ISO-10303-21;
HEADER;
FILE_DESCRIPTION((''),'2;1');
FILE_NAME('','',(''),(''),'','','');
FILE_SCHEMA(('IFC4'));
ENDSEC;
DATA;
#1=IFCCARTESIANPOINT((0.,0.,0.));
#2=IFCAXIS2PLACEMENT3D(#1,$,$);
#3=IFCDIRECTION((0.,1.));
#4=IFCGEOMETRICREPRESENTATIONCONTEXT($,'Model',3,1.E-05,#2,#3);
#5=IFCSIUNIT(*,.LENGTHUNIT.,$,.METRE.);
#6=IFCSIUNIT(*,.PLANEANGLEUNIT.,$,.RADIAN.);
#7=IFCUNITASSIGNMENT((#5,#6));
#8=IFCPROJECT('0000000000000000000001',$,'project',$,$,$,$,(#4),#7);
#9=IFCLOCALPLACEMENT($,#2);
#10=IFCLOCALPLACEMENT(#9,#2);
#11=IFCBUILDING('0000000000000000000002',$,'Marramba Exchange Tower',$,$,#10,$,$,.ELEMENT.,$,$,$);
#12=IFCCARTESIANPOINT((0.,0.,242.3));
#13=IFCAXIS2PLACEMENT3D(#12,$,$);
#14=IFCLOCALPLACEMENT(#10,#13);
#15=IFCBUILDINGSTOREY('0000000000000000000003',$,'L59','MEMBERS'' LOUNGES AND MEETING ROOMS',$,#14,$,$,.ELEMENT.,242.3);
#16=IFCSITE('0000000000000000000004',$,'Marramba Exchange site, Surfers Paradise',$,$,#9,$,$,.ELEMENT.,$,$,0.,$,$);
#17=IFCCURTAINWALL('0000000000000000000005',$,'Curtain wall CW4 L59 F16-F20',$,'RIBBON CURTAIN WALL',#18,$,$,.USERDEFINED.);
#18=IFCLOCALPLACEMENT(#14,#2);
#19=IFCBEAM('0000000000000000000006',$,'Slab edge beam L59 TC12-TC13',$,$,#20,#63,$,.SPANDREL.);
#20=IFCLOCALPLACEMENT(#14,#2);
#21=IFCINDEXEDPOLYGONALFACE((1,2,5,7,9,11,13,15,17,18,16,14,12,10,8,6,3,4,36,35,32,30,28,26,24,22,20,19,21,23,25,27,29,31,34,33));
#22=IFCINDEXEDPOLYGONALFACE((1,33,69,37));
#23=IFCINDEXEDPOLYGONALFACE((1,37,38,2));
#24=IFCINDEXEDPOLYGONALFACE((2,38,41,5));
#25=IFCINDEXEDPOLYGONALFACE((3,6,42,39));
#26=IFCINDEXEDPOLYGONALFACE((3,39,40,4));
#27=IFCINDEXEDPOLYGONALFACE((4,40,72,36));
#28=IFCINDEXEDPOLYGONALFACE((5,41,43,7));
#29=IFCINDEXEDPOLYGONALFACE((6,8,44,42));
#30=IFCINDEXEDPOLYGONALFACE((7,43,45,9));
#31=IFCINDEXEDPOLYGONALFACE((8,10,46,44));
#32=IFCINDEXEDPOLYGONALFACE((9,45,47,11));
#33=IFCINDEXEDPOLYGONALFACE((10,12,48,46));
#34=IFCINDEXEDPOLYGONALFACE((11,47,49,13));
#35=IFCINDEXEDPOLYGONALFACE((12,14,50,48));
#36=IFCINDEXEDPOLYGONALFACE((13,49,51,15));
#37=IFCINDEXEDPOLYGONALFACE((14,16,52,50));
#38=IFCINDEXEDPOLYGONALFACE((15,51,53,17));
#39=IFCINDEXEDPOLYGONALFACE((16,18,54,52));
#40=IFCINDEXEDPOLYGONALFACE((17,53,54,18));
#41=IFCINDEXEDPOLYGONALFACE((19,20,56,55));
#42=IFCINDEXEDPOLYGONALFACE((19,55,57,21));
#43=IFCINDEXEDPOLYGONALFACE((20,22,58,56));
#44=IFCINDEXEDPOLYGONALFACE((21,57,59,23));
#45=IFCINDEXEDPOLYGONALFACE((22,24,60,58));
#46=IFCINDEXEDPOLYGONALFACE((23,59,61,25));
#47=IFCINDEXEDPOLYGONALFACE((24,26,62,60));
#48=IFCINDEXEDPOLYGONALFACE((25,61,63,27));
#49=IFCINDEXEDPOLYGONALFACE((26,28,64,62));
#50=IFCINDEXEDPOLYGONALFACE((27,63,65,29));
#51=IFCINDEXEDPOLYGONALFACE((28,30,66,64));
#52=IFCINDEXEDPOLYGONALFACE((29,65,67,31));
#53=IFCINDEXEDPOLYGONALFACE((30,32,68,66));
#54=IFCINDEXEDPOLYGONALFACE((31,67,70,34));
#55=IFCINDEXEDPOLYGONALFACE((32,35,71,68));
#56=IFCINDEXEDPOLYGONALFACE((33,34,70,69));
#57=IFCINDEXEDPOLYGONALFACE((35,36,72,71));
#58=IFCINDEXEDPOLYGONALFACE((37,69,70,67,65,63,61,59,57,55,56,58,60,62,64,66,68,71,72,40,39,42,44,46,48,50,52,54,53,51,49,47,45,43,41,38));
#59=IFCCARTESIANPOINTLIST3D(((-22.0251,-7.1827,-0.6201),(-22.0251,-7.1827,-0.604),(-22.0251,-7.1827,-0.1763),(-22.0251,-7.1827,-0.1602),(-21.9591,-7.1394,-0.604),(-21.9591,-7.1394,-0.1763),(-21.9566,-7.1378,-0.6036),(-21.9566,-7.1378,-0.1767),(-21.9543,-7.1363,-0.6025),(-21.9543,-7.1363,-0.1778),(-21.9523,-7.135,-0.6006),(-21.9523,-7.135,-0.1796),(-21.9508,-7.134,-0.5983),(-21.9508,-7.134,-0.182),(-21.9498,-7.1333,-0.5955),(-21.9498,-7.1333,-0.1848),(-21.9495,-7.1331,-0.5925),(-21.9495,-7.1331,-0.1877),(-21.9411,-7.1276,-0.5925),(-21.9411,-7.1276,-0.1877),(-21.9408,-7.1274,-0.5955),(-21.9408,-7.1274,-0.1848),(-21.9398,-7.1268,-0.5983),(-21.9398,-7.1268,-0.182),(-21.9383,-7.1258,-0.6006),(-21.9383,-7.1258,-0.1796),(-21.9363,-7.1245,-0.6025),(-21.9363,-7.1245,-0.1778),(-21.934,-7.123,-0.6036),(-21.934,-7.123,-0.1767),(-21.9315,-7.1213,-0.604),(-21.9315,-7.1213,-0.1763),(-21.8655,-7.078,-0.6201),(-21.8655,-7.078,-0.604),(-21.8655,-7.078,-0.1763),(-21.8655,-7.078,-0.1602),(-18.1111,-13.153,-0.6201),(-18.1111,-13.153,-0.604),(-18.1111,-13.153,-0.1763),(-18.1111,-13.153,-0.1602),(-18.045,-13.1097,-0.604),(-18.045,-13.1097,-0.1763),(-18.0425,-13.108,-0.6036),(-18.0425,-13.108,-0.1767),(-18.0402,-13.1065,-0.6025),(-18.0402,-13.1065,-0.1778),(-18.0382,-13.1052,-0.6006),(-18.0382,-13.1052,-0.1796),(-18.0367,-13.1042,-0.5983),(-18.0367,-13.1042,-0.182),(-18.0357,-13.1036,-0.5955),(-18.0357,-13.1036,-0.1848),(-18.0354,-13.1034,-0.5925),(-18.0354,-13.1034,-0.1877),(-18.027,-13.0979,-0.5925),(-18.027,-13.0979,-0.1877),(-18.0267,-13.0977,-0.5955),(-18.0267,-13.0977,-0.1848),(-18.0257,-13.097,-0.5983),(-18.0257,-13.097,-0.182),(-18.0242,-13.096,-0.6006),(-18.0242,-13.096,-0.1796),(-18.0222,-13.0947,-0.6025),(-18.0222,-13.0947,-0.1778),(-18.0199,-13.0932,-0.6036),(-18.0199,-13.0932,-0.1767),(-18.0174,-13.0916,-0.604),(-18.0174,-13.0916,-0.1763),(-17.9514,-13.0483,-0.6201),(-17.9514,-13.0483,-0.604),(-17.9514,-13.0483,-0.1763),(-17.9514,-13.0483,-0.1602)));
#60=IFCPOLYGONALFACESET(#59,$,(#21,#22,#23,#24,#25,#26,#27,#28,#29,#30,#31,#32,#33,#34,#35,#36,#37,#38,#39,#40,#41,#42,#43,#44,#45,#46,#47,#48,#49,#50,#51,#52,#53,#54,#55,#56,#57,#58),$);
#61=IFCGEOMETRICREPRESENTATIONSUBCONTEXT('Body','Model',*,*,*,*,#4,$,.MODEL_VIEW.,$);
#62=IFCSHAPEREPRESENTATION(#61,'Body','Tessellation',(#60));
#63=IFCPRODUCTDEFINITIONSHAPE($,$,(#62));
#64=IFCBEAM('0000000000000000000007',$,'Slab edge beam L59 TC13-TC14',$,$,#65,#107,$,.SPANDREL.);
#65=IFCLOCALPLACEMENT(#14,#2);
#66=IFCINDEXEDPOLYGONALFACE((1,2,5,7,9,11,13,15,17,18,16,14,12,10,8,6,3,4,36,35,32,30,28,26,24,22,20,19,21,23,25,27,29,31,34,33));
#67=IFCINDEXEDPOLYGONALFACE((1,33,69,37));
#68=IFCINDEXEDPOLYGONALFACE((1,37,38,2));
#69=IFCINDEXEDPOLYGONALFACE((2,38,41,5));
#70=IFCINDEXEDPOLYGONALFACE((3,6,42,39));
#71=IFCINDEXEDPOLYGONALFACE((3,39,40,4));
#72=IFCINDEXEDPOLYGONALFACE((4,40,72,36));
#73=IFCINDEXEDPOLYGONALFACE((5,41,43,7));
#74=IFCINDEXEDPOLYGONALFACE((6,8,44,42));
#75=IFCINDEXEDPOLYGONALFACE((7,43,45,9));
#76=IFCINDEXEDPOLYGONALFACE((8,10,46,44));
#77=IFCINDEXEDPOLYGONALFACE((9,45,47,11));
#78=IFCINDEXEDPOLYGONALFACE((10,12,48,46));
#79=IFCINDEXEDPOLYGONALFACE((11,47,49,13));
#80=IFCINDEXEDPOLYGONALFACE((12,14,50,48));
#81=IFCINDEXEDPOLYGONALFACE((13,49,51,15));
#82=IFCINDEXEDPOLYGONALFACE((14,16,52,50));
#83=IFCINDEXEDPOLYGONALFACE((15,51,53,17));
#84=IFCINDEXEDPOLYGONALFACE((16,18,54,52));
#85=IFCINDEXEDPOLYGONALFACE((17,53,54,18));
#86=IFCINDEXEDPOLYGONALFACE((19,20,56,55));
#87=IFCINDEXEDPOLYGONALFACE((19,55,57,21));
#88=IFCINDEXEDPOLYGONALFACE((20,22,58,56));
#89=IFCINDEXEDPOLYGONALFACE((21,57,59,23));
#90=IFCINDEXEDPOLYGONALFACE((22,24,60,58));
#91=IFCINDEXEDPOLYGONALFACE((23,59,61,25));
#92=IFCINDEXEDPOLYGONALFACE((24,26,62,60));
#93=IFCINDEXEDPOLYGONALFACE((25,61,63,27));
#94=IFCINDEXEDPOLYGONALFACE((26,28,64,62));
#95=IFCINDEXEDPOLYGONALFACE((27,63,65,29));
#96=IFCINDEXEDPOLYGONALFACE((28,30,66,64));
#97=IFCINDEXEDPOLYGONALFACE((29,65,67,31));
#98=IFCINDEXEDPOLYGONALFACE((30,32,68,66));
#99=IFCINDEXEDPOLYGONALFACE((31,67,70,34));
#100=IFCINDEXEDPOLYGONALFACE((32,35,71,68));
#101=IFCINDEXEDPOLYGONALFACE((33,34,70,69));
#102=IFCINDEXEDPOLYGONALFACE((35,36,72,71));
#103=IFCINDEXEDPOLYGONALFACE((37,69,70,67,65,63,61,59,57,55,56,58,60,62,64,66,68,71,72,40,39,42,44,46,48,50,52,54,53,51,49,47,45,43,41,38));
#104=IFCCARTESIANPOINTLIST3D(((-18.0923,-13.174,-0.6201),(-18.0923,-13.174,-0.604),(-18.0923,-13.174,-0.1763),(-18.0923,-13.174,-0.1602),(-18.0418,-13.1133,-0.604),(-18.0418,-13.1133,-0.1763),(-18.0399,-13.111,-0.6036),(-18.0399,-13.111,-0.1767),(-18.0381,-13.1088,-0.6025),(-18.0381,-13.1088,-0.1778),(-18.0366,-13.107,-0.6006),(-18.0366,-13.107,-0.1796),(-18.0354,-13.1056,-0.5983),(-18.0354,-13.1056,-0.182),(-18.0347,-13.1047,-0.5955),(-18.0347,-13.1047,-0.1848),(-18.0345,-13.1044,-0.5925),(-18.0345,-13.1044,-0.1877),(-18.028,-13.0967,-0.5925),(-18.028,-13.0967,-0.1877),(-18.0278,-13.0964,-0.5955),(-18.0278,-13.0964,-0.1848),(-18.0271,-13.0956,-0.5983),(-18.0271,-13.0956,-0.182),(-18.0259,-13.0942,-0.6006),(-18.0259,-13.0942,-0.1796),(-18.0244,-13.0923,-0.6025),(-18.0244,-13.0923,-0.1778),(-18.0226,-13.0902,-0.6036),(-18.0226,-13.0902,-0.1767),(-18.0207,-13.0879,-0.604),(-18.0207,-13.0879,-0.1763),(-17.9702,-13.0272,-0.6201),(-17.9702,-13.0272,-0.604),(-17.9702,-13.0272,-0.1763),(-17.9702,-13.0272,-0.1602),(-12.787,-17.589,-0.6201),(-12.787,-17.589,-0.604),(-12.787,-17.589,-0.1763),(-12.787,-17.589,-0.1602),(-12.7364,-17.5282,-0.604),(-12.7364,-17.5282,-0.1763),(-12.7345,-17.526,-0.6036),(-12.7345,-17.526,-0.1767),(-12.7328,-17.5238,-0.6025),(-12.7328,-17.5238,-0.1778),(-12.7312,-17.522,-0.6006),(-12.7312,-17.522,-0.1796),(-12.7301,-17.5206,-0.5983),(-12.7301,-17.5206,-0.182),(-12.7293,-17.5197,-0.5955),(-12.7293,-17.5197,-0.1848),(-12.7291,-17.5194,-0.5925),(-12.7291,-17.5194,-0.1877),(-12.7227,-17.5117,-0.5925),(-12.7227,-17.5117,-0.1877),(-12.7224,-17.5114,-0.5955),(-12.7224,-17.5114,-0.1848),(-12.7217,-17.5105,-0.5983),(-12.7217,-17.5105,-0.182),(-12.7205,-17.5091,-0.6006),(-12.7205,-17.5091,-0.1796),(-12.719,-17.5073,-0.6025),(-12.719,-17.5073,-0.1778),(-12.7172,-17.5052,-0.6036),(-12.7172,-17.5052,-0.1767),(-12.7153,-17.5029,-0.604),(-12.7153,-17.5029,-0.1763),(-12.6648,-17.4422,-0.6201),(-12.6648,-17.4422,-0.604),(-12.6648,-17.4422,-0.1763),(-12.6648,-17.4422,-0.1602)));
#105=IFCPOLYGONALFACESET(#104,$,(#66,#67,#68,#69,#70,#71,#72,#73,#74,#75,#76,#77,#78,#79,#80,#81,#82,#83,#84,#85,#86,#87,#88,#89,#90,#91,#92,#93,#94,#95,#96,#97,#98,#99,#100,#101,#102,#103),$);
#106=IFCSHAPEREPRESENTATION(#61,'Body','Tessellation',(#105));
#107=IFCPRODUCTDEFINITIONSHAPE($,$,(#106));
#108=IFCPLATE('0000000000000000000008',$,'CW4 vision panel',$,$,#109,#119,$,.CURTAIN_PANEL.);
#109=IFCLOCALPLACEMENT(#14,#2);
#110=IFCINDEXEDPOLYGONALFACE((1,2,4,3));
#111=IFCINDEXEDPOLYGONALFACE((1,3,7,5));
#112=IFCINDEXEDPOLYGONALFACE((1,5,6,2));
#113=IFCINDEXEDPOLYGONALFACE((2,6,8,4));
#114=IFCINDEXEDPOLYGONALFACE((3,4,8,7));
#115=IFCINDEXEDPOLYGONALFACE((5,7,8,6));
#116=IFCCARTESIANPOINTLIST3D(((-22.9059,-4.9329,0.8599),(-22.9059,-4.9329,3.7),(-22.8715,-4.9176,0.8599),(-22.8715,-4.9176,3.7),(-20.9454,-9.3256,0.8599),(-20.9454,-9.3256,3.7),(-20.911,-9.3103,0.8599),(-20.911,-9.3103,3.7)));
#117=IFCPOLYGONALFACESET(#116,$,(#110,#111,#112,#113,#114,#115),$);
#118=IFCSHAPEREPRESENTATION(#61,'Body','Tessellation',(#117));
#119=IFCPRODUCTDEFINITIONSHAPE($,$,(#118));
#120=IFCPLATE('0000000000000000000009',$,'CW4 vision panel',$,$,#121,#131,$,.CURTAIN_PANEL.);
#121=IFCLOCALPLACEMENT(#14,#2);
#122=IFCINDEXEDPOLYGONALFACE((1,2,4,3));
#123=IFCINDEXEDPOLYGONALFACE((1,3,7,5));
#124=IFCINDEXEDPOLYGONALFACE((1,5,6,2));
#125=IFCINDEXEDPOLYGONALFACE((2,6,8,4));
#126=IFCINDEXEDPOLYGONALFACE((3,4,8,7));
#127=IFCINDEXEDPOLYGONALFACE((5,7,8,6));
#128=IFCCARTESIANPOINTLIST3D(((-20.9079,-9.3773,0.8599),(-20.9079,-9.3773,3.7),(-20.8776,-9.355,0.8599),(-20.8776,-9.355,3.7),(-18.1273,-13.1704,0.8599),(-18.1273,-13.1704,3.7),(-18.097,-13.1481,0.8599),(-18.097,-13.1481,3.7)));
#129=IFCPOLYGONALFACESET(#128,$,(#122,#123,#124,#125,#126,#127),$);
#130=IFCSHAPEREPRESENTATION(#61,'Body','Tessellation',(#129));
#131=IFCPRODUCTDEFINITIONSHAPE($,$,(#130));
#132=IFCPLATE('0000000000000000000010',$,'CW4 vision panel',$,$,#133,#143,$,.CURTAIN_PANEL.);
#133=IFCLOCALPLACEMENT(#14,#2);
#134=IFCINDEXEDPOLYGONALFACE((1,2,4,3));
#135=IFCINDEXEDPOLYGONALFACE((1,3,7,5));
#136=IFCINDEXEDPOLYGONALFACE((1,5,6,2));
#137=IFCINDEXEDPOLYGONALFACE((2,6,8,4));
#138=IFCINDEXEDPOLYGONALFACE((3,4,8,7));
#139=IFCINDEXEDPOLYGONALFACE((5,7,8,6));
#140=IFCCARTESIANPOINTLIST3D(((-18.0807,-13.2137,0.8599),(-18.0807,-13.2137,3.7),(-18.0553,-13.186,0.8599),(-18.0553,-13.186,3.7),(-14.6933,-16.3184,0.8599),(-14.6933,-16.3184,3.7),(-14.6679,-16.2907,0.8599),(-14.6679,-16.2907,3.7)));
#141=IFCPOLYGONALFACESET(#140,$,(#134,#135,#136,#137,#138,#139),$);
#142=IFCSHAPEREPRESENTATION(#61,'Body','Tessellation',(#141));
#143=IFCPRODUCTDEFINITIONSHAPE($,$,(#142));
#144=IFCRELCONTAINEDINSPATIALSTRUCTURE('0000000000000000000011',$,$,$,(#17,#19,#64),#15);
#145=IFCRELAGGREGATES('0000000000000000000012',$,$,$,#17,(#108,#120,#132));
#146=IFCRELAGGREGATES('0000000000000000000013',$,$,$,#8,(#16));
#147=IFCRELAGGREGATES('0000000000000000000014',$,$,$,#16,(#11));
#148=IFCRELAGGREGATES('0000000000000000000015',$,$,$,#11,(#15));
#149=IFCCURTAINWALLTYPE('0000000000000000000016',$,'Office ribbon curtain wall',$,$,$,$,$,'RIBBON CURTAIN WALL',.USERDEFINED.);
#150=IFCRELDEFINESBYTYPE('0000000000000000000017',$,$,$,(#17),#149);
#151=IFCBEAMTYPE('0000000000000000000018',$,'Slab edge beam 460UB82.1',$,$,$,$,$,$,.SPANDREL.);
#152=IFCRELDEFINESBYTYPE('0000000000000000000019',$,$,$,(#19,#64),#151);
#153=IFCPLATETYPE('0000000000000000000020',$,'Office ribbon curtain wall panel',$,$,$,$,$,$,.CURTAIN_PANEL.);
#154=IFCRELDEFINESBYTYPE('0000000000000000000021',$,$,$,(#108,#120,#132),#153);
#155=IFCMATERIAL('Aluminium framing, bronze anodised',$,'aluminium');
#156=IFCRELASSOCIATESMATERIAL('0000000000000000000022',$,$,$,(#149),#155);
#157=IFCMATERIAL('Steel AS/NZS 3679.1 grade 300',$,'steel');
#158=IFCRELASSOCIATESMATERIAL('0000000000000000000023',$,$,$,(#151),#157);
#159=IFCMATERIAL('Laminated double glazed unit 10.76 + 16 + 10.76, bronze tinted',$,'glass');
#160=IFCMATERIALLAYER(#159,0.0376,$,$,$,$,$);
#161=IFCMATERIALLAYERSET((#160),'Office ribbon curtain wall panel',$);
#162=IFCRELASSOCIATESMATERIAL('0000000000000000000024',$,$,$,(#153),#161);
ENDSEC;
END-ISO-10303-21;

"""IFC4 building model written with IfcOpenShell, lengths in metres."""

from ifc_helpers import new_model, si_unit, direction, frame, origin, origin_2d, place, context, subcontext, project, spatial, rectangle, i_section, extrude, material, layer, layer_set, material_profile, profile_set, type_object, element, aggregate, save


model = new_model("IFC4")

# Units and contexts
model_context = context("Model", 3, precision=1e-05, world=origin(), true_north=direction((0.0, 1.0)))
body_context = subcontext(model_context, "Body", "Model", "MODEL_VIEW")
ifc_project = project(units=[si_unit("LENGTHUNIT", "METRE"), si_unit("PLANEANGLEUNIT", "RADIAN")], contexts=[model_context])

# Site, building, storey
site_placement = place(None, origin())
site = spatial("IfcSite", under=ifc_project, at=site_placement, Name="Marramba Exchange site, Surfers Paradise", CompositionType="ELEMENT", RefElevation=0.0)
building_placement = place(site_placement, origin())
building = spatial("IfcBuilding", under=site, at=building_placement, Name="Marramba Exchange Tower", CompositionType="ELEMENT")
storey_placement = place(building_placement, frame((0.0, 0.0, 242.3)))
storey = spatial("IfcBuildingStorey", under=building, at=storey_placement, Name="L59", Description="MEMBERS' LOUNGES AND MEETING ROOMS", CompositionType="ELEMENT", Elevation=242.3)

# Curtain wall
ifc_material_1 = material(Name="Aluminium framing, bronze anodised", Category="aluminium")
curtain_wall_type = type_object("IfcCurtainWallType", Name="Office ribbon curtain wall", ElementType="RIBBON CURTAIN WALL", PredefinedType="USERDEFINED", material=ifc_material_1)
curtain_wall_placement = place(storey_placement, origin())
curtain_wall = element("IfcCurtainWall", 1, at=curtain_wall_placement, inside=storey, type_object=curtain_wall_type, Name="Curtain wall CW4 L59 F16-F20", ObjectType="RIBBON CURTAIN WALL", PredefinedType="USERDEFINED")

# Beams
ifc_material_2 = material(Name="Steel AS/NZS 3679.1 grade 300", Category="steel")
ifc_material_profile_1 = material_profile(ifc_material_2, i_section(OverallWidth=0.1909, OverallDepth=0.46, WebThickness=0.01, FlangeThickness=0.0161, FilletRadius=0.0115, at=origin_2d()), Name="460UB82.1")
ifc_profile_set_1 = profile_set([ifc_material_profile_1], Name="Steel AS/NZS 3679.1 grade 300")
beam_type_1 = type_object("IfcBeamType", Name="Slab edge beam 460UB82.1", PredefinedType="SPANDREL", material=ifc_profile_set_1)
beam_1_placement = place(storey_placement, frame((-21.9453, -7.1304, -0.3901), z_axis=(0.548275, -0.836298, 0.0), x_axis=(0.836298, 0.548275, 0.0)))
element("IfcBeam", 2, at=beam_1_placement, inside=storey, type_object=beam_type_1, Name="Slab edge beam L59 TC12-TC13", PredefinedType="SPANDREL", context=body_context, shape_type="SweptSolid", body=[
    extrude(i_section(OverallWidth=0.1909, OverallDepth=0.46, WebThickness=0.01, FlangeThickness=0.0161, FilletRadius=0.0115, at=origin_2d()), origin(), (0.0, 0.0, 1.0), 7.1389),
])
beam_2_placement = place(storey_placement, frame((-18.0312, -13.1006, -0.3901), z_axis=(0.768659, -0.639659, 0.0), x_axis=(0.639659, 0.768659, 0.0)))
element("IfcBeam", 3, at=beam_2_placement, inside=storey, type_object=beam_type_1, Name="Slab edge beam L59 TC13-TC14", PredefinedType="SPANDREL", context=body_context, shape_type="SweptSolid", body=[
    extrude(i_section(OverallWidth=0.1909, OverallDepth=0.46, WebThickness=0.01, FlangeThickness=0.0161, FilletRadius=0.0115, at=origin_2d()), origin(), (0.0, 0.0, 1.0), 6.9021),
])

# Plates
ifc_material_3 = material(Name="Laminated double glazed unit 10.76 + 16 + 10.76, bronze tinted", Category="glass")
ifc_layer_1 = layer(ifc_material_3, 0.0376)
ifc_layer_set_1 = layer_set([ifc_layer_1], Name="Office ribbon curtain wall panel")
plate_type = type_object("IfcPlateType", Name="Office ribbon curtain wall panel", PredefinedType="CURTAIN_PANEL", material=ifc_layer_set_1)
plate_1_placement = place(storey_placement, frame((-21.9084, -7.1216, 0.8599), z_axis=(0.0, 0.0, 1.0), x_axis=(0.407558, -0.91318, 0.0)))
plate_1 = element("IfcPlate", 4, at=plate_1_placement, type_object=plate_type, Name="CW4 vision panel", PredefinedType="CURTAIN_PANEL", context=body_context, shape_type="SweptSolid", body=[
    extrude(rectangle(XDim=4.8103, YDim=0.0376, at=origin_2d()), origin(), (0.0, 0.0, 1.0), 2.8401),
])
plate_2_placement = place(storey_placement, frame((-19.5024, -11.2627, 0.8599), z_axis=(0.0, 0.0, 1.0), x_axis=(0.591223, -0.806508, 0.0)))
plate_2 = element("IfcPlate", 5, at=plate_2_placement, type_object=plate_type, Name="CW4 vision panel", PredefinedType="CURTAIN_PANEL", context=body_context, shape_type="SweptSolid", body=[
    extrude(rectangle(XDim=4.7031, YDim=0.0376, at=origin_2d()), origin(), (0.0, 0.0, 1.0), 2.8401),
])
plate_3_placement = place(storey_placement, frame((-16.3743, -14.7522, 0.8599), z_axis=(0.0, 0.0, 1.0), x_axis=(0.737203, -0.675671, 0.0)))
plate_3 = element("IfcPlate", 6, at=plate_3_placement, type_object=plate_type, Name="CW4 vision panel", PredefinedType="CURTAIN_PANEL", context=body_context, shape_type="SweptSolid", body=[
    extrude(rectangle(XDim=4.595, YDim=0.0376, at=origin_2d()), origin(), (0.0, 0.0, 1.0), 2.8401),
])
aggregate(curtain_wall, [plate_1, plate_2, plate_3])

save(model, "model.ifc")
